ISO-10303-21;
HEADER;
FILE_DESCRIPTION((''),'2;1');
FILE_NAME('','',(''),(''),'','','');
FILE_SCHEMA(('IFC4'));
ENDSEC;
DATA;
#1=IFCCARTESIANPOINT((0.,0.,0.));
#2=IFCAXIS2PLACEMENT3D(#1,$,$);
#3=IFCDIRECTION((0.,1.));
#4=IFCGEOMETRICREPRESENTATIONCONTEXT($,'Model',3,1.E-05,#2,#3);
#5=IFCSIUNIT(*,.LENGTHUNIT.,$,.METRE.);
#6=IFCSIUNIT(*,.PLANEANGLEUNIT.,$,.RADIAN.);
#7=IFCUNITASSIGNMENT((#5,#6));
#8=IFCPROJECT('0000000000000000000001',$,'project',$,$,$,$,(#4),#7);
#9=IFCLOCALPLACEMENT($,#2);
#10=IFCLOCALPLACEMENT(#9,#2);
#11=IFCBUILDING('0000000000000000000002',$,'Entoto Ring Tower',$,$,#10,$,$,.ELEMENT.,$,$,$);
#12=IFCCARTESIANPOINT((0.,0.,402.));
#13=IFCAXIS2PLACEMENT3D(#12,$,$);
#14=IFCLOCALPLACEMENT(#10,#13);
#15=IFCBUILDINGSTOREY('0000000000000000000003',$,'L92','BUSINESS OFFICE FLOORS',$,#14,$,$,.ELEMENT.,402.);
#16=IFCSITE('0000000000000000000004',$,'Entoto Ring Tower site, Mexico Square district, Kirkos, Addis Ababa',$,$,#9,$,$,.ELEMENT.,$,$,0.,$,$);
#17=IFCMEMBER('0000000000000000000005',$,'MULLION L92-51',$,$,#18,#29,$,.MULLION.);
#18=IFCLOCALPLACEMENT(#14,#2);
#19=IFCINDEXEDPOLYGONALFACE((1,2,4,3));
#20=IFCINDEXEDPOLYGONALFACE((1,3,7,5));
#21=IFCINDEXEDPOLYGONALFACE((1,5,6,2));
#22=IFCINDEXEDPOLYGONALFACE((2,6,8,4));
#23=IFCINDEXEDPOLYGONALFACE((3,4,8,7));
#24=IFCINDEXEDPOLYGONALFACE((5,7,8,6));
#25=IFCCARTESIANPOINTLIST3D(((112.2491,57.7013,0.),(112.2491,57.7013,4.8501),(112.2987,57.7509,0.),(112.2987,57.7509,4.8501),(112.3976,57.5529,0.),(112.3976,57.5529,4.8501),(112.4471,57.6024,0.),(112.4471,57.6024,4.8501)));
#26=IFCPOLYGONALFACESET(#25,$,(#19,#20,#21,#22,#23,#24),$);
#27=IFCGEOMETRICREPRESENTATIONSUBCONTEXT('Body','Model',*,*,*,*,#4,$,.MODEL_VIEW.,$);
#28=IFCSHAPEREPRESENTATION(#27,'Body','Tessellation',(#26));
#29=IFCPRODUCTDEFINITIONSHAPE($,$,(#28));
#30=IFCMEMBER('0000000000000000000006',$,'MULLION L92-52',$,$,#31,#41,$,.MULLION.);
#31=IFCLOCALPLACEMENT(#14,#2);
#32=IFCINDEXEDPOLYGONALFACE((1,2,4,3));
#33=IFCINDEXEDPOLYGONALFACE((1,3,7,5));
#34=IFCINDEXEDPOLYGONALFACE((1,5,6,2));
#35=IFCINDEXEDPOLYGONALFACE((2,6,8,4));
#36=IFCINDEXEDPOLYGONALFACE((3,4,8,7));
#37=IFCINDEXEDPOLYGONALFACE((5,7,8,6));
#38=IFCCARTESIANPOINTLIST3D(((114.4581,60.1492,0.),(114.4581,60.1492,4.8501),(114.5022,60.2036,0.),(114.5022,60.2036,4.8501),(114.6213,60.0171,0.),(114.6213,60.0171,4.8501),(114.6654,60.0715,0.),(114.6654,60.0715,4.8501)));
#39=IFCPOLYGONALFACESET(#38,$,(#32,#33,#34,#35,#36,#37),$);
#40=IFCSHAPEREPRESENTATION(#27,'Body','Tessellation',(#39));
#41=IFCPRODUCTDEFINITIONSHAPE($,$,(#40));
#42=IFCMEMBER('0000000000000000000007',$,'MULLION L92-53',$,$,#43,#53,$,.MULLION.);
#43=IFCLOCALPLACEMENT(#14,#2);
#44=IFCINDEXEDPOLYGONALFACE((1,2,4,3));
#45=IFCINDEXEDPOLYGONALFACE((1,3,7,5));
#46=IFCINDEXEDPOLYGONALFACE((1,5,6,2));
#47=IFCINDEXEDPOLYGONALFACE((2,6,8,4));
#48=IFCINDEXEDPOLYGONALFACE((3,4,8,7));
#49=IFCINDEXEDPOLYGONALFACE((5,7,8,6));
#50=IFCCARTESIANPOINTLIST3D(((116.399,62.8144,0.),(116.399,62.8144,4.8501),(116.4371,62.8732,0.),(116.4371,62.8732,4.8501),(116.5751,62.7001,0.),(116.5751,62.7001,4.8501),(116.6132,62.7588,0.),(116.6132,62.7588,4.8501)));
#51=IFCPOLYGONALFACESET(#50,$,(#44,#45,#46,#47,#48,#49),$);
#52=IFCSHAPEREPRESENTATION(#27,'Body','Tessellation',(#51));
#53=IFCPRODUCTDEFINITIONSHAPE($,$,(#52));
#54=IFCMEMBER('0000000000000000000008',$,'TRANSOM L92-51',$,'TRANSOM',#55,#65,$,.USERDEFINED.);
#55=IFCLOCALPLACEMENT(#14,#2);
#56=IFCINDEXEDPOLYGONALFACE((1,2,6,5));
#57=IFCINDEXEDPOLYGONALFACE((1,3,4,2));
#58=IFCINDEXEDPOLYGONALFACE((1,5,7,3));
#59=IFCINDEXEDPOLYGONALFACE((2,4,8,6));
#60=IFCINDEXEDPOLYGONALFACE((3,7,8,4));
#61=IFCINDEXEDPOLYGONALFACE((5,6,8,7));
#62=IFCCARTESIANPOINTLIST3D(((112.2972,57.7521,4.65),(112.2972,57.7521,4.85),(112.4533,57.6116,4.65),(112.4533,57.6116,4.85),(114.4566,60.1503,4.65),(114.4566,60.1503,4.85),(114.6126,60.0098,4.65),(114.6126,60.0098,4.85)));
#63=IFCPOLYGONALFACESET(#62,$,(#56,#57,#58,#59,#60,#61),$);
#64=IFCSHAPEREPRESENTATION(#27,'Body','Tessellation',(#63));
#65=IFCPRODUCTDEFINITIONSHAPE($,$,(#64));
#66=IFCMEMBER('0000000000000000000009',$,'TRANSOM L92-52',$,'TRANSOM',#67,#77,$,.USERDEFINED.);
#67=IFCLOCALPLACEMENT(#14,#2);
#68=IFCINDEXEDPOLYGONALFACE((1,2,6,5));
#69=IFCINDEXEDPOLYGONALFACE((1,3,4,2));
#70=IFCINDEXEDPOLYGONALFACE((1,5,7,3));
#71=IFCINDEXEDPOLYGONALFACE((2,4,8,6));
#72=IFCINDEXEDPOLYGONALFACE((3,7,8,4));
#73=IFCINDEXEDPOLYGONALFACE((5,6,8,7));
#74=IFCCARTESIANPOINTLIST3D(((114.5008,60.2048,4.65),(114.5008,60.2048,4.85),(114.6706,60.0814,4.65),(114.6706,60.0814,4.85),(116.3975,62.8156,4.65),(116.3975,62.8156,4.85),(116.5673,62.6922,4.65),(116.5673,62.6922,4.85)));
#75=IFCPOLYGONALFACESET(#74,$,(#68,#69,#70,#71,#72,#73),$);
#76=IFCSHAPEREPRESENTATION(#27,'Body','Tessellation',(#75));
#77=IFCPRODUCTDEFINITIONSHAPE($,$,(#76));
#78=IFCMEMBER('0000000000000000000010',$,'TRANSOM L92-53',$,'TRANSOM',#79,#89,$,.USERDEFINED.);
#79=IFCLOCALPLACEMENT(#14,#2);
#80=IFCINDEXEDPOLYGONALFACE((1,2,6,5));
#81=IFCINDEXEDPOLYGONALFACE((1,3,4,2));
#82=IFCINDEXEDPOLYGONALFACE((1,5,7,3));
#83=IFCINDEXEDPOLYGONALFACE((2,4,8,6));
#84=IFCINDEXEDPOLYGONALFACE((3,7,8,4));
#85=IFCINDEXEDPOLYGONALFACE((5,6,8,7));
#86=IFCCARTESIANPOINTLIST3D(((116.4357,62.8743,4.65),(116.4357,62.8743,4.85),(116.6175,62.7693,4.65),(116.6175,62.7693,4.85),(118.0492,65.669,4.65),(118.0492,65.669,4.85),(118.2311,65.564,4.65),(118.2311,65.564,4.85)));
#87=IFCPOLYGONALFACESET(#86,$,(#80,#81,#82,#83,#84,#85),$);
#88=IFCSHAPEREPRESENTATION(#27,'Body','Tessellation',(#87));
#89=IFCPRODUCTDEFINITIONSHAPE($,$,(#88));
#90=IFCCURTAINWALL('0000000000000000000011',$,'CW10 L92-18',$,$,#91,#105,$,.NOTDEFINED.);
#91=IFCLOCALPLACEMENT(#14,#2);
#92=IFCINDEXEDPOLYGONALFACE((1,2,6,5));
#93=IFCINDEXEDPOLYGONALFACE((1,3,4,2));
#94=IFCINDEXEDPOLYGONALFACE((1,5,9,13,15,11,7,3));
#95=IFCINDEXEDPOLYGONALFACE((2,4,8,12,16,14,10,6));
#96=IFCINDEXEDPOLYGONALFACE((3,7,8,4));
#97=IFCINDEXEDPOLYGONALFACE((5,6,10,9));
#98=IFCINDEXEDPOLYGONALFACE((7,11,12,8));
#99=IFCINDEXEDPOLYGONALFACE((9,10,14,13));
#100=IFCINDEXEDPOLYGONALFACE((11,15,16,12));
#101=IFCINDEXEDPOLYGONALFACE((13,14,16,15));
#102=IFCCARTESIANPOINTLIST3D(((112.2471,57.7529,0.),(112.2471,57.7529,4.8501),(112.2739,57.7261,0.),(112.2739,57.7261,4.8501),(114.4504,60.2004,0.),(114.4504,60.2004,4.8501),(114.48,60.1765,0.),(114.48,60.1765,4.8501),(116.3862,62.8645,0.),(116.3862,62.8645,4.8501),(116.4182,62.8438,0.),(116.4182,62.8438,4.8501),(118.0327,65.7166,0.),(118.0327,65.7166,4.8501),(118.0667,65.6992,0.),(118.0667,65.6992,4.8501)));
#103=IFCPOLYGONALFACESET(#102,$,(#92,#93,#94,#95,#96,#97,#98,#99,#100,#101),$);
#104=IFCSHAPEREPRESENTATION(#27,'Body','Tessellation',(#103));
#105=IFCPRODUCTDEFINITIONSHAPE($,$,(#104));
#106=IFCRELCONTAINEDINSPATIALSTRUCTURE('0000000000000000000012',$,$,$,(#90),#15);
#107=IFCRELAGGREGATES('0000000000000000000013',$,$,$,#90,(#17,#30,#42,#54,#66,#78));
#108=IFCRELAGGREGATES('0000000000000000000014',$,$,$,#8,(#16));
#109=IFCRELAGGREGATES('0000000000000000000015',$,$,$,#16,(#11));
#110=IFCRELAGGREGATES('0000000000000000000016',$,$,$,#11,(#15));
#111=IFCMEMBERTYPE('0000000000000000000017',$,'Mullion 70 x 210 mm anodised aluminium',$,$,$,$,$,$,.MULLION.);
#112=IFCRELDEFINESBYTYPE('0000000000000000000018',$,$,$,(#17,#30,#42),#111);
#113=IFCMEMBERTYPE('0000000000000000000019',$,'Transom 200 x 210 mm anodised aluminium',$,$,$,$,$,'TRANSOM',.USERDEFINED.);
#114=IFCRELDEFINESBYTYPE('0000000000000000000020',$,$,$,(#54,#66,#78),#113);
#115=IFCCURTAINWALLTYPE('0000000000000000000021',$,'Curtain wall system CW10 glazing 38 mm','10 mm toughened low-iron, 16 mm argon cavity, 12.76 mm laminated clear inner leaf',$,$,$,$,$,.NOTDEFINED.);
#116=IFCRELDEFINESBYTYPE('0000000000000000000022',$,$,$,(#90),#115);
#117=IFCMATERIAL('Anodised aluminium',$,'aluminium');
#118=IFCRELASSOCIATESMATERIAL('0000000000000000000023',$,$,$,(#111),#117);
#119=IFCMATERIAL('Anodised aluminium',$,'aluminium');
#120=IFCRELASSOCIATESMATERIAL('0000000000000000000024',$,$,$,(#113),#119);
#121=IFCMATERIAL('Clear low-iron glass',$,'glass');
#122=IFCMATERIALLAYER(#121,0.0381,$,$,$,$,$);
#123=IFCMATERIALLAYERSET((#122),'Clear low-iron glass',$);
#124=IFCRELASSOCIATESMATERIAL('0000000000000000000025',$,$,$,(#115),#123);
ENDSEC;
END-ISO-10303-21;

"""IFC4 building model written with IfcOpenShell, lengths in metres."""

from ifc_helpers import new_model, si_unit, direction, frame, origin, origin_2d, place, context, subcontext, project, spatial, polyline, rectangle, outline, extrude, material, layer, layer_set, material_profile, profile_set, type_object, element, aggregate, save


model = new_model("IFC4")

# Units and contexts
model_context = context("Model", 3, precision=1e-05, world=origin(), true_north=direction((0.0, 1.0)))
body_context = subcontext(model_context, "Body", "Model", "MODEL_VIEW")
ifc_project = project(units=[si_unit("LENGTHUNIT", "METRE"), si_unit("PLANEANGLEUNIT", "RADIAN")], contexts=[model_context])

# Members
ifc_material_1 = material(Name="Anodised aluminium", Category="aluminium")
ifc_material_profile_1 = material_profile(ifc_material_1, rectangle(XDim=0.0701, YDim=0.21, at=origin_2d()), Name="Mullion 70 x 210 mm anodised aluminium")
ifc_profile_set_1 = profile_set([ifc_material_profile_1], Name="Anodised aluminium")
member_type_1 = type_object("IfcMemberType", Name="Mullion 70 x 210 mm anodised aluminium", PredefinedType="MULLION", material=ifc_profile_set_1)
site_placement = place(None, origin())
building_placement = place(site_placement, origin())
storey_placement = place(building_placement, frame((0.0, 0.0, 402.0)))
member_1_placement = place(storey_placement, frame((112.3481, 57.6519, 0.0), z_axis=(0.0, 0.0, 1.0), x_axis=(0.707107, 0.707107, 0.0)))
member_1 = element("IfcMember", 1, at=member_1_placement, type_object=member_type_1, Name="MULLION L92-51", PredefinedType="MULLION", context=body_context, shape_type="SweptSolid", body=[
    extrude(rectangle(XDim=0.0701, YDim=0.21, at=origin_2d()), origin(), (0.0, 0.0, 1.0), 4.8501),
])
member_2_placement = place(storey_placement, frame((114.5618, 60.1104, 0.0), z_axis=(0.0, 0.0, 1.0), x_axis=(0.62932, 0.777146, 0.0)))
member_2 = element("IfcMember", 2, at=member_2_placement, type_object=member_type_1, Name="MULLION L92-52", PredefinedType="MULLION", context=body_context, shape_type="SweptSolid", body=[
    extrude(rectangle(XDim=0.0701, YDim=0.21, at=origin_2d()), origin(), (0.0, 0.0, 1.0), 4.8501),
])
member_3_placement = place(storey_placement, frame((116.5061, 62.7866, 0.0), z_axis=(0.0, 0.0, 1.0), x_axis=(0.544639, 0.838671, 0.0)))
member_3 = element("IfcMember", 3, at=member_3_placement, type_object=member_type_1, Name="MULLION L92-53", PredefinedType="MULLION", context=body_context, shape_type="SweptSolid", body=[
    extrude(rectangle(XDim=0.0701, YDim=0.21, at=origin_2d()), origin(), (0.0, 0.0, 1.0), 4.8501),
])
ifc_material_2 = material(Name="Anodised aluminium", Category="aluminium")
ifc_material_profile_2 = material_profile(ifc_material_2, rectangle(XDim=0.21, YDim=0.2, at=origin_2d()), Name="Transom 200 x 210 mm anodised aluminium")
ifc_profile_set_2 = profile_set([ifc_material_profile_2], Name="Anodised aluminium")
member_type_2 = type_object("IfcMemberType", Name="Transom 200 x 210 mm anodised aluminium", ElementType="TRANSOM", PredefinedType="USERDEFINED", material=ifc_profile_set_2)
member_4_placement = place(storey_placement, frame((112.3752, 57.6819, 4.75), z_axis=(0.669144, 0.743132, 0.0), x_axis=(-0.743132, 0.669144, 0.0)))
member_4 = element("IfcMember", 4, at=member_4_placement, type_object=member_type_2, Name="TRANSOM L92-51", ObjectType="TRANSOM", PredefinedType="USERDEFINED", context=body_context, shape_type="SweptSolid", body=[
    extrude(rectangle(XDim=0.21, YDim=0.2, at=origin_2d()), origin(), (0.0, 0.0, 1.0), 3.2271),
])
member_5_placement = place(storey_placement, frame((114.5857, 60.1431, 4.75), z_axis=(0.587753, 0.80904, 0.0), x_axis=(-0.80904, 0.587753, 0.0)))
member_5 = element("IfcMember", 5, at=member_5_placement, type_object=member_type_2, Name="TRANSOM L92-52", ObjectType="TRANSOM", PredefinedType="USERDEFINED", context=body_context, shape_type="SweptSolid", body=[
    extrude(rectangle(XDim=0.21, YDim=0.2, at=origin_2d()), origin(), (0.0, 0.0, 1.0), 3.2271),
])
member_6_placement = place(storey_placement, frame((116.5266, 62.8218, 4.75), z_axis=(0.500004, 0.866023, 0.0), x_axis=(-0.866023, 0.500004, 0.0)))
member_6 = element("IfcMember", 6, at=member_6_placement, type_object=member_type_2, Name="TRANSOM L92-53", ObjectType="TRANSOM", PredefinedType="USERDEFINED", context=body_context, shape_type="SweptSolid", body=[
    extrude(rectangle(XDim=0.21, YDim=0.2, at=origin_2d()), origin(), (0.0, 0.0, 1.0), 3.2271),
])

# Site, building, storey
site = spatial("IfcSite", under=ifc_project, at=site_placement, Name="Entoto Ring Tower site, Mexico Square district, Kirkos, Addis Ababa", CompositionType="ELEMENT", RefElevation=0.0)
building = spatial("IfcBuilding", under=site, at=building_placement, Name="Entoto Ring Tower", CompositionType="ELEMENT")
storey = spatial("IfcBuildingStorey", under=building, at=storey_placement, Name="L92", Description="BUSINESS OFFICE FLOORS", CompositionType="ELEMENT", Elevation=402.0)

# Curtain wall
ifc_material_3 = material(Name="Clear low-iron glass", Category="glass")
ifc_layer = layer(ifc_material_3, 0.0381)
ifc_layer_set = layer_set([ifc_layer], Name="Clear low-iron glass")
curtain_wall_type = type_object("IfcCurtainWallType", Name="Curtain wall system CW10 glazing 38 mm", Description="10 mm toughened low-iron, 16 mm argon cavity, 12.76 mm laminated clear inner leaf", PredefinedType="NOTDEFINED", material=ifc_layer_set)
curtain_wall_1_placement = place(storey_placement, origin())
curtain_wall_1 = element("IfcCurtainWall", 7, at=curtain_wall_1_placement, inside=storey, type_object=curtain_wall_type, Name="CW10 L92-18", PredefinedType="NOTDEFINED", context=body_context, shape_type="SweptSolid", body=[
    extrude(outline(polyline([(112.2739, 57.7261), (114.48, 60.1765), (116.4182, 62.8438), (118.0667, 65.6992), (118.0327, 65.7166), (116.3862, 62.8645), (114.4504, 60.2004), (112.2471, 57.7529), (112.2739, 57.7261)])), origin(), (0.0, 0.0, 1.0), 4.8501),
])
aggregate(curtain_wall_1, [member_1, member_2, member_3, member_4, member_5, member_6])

save(model, "model.ifc")
